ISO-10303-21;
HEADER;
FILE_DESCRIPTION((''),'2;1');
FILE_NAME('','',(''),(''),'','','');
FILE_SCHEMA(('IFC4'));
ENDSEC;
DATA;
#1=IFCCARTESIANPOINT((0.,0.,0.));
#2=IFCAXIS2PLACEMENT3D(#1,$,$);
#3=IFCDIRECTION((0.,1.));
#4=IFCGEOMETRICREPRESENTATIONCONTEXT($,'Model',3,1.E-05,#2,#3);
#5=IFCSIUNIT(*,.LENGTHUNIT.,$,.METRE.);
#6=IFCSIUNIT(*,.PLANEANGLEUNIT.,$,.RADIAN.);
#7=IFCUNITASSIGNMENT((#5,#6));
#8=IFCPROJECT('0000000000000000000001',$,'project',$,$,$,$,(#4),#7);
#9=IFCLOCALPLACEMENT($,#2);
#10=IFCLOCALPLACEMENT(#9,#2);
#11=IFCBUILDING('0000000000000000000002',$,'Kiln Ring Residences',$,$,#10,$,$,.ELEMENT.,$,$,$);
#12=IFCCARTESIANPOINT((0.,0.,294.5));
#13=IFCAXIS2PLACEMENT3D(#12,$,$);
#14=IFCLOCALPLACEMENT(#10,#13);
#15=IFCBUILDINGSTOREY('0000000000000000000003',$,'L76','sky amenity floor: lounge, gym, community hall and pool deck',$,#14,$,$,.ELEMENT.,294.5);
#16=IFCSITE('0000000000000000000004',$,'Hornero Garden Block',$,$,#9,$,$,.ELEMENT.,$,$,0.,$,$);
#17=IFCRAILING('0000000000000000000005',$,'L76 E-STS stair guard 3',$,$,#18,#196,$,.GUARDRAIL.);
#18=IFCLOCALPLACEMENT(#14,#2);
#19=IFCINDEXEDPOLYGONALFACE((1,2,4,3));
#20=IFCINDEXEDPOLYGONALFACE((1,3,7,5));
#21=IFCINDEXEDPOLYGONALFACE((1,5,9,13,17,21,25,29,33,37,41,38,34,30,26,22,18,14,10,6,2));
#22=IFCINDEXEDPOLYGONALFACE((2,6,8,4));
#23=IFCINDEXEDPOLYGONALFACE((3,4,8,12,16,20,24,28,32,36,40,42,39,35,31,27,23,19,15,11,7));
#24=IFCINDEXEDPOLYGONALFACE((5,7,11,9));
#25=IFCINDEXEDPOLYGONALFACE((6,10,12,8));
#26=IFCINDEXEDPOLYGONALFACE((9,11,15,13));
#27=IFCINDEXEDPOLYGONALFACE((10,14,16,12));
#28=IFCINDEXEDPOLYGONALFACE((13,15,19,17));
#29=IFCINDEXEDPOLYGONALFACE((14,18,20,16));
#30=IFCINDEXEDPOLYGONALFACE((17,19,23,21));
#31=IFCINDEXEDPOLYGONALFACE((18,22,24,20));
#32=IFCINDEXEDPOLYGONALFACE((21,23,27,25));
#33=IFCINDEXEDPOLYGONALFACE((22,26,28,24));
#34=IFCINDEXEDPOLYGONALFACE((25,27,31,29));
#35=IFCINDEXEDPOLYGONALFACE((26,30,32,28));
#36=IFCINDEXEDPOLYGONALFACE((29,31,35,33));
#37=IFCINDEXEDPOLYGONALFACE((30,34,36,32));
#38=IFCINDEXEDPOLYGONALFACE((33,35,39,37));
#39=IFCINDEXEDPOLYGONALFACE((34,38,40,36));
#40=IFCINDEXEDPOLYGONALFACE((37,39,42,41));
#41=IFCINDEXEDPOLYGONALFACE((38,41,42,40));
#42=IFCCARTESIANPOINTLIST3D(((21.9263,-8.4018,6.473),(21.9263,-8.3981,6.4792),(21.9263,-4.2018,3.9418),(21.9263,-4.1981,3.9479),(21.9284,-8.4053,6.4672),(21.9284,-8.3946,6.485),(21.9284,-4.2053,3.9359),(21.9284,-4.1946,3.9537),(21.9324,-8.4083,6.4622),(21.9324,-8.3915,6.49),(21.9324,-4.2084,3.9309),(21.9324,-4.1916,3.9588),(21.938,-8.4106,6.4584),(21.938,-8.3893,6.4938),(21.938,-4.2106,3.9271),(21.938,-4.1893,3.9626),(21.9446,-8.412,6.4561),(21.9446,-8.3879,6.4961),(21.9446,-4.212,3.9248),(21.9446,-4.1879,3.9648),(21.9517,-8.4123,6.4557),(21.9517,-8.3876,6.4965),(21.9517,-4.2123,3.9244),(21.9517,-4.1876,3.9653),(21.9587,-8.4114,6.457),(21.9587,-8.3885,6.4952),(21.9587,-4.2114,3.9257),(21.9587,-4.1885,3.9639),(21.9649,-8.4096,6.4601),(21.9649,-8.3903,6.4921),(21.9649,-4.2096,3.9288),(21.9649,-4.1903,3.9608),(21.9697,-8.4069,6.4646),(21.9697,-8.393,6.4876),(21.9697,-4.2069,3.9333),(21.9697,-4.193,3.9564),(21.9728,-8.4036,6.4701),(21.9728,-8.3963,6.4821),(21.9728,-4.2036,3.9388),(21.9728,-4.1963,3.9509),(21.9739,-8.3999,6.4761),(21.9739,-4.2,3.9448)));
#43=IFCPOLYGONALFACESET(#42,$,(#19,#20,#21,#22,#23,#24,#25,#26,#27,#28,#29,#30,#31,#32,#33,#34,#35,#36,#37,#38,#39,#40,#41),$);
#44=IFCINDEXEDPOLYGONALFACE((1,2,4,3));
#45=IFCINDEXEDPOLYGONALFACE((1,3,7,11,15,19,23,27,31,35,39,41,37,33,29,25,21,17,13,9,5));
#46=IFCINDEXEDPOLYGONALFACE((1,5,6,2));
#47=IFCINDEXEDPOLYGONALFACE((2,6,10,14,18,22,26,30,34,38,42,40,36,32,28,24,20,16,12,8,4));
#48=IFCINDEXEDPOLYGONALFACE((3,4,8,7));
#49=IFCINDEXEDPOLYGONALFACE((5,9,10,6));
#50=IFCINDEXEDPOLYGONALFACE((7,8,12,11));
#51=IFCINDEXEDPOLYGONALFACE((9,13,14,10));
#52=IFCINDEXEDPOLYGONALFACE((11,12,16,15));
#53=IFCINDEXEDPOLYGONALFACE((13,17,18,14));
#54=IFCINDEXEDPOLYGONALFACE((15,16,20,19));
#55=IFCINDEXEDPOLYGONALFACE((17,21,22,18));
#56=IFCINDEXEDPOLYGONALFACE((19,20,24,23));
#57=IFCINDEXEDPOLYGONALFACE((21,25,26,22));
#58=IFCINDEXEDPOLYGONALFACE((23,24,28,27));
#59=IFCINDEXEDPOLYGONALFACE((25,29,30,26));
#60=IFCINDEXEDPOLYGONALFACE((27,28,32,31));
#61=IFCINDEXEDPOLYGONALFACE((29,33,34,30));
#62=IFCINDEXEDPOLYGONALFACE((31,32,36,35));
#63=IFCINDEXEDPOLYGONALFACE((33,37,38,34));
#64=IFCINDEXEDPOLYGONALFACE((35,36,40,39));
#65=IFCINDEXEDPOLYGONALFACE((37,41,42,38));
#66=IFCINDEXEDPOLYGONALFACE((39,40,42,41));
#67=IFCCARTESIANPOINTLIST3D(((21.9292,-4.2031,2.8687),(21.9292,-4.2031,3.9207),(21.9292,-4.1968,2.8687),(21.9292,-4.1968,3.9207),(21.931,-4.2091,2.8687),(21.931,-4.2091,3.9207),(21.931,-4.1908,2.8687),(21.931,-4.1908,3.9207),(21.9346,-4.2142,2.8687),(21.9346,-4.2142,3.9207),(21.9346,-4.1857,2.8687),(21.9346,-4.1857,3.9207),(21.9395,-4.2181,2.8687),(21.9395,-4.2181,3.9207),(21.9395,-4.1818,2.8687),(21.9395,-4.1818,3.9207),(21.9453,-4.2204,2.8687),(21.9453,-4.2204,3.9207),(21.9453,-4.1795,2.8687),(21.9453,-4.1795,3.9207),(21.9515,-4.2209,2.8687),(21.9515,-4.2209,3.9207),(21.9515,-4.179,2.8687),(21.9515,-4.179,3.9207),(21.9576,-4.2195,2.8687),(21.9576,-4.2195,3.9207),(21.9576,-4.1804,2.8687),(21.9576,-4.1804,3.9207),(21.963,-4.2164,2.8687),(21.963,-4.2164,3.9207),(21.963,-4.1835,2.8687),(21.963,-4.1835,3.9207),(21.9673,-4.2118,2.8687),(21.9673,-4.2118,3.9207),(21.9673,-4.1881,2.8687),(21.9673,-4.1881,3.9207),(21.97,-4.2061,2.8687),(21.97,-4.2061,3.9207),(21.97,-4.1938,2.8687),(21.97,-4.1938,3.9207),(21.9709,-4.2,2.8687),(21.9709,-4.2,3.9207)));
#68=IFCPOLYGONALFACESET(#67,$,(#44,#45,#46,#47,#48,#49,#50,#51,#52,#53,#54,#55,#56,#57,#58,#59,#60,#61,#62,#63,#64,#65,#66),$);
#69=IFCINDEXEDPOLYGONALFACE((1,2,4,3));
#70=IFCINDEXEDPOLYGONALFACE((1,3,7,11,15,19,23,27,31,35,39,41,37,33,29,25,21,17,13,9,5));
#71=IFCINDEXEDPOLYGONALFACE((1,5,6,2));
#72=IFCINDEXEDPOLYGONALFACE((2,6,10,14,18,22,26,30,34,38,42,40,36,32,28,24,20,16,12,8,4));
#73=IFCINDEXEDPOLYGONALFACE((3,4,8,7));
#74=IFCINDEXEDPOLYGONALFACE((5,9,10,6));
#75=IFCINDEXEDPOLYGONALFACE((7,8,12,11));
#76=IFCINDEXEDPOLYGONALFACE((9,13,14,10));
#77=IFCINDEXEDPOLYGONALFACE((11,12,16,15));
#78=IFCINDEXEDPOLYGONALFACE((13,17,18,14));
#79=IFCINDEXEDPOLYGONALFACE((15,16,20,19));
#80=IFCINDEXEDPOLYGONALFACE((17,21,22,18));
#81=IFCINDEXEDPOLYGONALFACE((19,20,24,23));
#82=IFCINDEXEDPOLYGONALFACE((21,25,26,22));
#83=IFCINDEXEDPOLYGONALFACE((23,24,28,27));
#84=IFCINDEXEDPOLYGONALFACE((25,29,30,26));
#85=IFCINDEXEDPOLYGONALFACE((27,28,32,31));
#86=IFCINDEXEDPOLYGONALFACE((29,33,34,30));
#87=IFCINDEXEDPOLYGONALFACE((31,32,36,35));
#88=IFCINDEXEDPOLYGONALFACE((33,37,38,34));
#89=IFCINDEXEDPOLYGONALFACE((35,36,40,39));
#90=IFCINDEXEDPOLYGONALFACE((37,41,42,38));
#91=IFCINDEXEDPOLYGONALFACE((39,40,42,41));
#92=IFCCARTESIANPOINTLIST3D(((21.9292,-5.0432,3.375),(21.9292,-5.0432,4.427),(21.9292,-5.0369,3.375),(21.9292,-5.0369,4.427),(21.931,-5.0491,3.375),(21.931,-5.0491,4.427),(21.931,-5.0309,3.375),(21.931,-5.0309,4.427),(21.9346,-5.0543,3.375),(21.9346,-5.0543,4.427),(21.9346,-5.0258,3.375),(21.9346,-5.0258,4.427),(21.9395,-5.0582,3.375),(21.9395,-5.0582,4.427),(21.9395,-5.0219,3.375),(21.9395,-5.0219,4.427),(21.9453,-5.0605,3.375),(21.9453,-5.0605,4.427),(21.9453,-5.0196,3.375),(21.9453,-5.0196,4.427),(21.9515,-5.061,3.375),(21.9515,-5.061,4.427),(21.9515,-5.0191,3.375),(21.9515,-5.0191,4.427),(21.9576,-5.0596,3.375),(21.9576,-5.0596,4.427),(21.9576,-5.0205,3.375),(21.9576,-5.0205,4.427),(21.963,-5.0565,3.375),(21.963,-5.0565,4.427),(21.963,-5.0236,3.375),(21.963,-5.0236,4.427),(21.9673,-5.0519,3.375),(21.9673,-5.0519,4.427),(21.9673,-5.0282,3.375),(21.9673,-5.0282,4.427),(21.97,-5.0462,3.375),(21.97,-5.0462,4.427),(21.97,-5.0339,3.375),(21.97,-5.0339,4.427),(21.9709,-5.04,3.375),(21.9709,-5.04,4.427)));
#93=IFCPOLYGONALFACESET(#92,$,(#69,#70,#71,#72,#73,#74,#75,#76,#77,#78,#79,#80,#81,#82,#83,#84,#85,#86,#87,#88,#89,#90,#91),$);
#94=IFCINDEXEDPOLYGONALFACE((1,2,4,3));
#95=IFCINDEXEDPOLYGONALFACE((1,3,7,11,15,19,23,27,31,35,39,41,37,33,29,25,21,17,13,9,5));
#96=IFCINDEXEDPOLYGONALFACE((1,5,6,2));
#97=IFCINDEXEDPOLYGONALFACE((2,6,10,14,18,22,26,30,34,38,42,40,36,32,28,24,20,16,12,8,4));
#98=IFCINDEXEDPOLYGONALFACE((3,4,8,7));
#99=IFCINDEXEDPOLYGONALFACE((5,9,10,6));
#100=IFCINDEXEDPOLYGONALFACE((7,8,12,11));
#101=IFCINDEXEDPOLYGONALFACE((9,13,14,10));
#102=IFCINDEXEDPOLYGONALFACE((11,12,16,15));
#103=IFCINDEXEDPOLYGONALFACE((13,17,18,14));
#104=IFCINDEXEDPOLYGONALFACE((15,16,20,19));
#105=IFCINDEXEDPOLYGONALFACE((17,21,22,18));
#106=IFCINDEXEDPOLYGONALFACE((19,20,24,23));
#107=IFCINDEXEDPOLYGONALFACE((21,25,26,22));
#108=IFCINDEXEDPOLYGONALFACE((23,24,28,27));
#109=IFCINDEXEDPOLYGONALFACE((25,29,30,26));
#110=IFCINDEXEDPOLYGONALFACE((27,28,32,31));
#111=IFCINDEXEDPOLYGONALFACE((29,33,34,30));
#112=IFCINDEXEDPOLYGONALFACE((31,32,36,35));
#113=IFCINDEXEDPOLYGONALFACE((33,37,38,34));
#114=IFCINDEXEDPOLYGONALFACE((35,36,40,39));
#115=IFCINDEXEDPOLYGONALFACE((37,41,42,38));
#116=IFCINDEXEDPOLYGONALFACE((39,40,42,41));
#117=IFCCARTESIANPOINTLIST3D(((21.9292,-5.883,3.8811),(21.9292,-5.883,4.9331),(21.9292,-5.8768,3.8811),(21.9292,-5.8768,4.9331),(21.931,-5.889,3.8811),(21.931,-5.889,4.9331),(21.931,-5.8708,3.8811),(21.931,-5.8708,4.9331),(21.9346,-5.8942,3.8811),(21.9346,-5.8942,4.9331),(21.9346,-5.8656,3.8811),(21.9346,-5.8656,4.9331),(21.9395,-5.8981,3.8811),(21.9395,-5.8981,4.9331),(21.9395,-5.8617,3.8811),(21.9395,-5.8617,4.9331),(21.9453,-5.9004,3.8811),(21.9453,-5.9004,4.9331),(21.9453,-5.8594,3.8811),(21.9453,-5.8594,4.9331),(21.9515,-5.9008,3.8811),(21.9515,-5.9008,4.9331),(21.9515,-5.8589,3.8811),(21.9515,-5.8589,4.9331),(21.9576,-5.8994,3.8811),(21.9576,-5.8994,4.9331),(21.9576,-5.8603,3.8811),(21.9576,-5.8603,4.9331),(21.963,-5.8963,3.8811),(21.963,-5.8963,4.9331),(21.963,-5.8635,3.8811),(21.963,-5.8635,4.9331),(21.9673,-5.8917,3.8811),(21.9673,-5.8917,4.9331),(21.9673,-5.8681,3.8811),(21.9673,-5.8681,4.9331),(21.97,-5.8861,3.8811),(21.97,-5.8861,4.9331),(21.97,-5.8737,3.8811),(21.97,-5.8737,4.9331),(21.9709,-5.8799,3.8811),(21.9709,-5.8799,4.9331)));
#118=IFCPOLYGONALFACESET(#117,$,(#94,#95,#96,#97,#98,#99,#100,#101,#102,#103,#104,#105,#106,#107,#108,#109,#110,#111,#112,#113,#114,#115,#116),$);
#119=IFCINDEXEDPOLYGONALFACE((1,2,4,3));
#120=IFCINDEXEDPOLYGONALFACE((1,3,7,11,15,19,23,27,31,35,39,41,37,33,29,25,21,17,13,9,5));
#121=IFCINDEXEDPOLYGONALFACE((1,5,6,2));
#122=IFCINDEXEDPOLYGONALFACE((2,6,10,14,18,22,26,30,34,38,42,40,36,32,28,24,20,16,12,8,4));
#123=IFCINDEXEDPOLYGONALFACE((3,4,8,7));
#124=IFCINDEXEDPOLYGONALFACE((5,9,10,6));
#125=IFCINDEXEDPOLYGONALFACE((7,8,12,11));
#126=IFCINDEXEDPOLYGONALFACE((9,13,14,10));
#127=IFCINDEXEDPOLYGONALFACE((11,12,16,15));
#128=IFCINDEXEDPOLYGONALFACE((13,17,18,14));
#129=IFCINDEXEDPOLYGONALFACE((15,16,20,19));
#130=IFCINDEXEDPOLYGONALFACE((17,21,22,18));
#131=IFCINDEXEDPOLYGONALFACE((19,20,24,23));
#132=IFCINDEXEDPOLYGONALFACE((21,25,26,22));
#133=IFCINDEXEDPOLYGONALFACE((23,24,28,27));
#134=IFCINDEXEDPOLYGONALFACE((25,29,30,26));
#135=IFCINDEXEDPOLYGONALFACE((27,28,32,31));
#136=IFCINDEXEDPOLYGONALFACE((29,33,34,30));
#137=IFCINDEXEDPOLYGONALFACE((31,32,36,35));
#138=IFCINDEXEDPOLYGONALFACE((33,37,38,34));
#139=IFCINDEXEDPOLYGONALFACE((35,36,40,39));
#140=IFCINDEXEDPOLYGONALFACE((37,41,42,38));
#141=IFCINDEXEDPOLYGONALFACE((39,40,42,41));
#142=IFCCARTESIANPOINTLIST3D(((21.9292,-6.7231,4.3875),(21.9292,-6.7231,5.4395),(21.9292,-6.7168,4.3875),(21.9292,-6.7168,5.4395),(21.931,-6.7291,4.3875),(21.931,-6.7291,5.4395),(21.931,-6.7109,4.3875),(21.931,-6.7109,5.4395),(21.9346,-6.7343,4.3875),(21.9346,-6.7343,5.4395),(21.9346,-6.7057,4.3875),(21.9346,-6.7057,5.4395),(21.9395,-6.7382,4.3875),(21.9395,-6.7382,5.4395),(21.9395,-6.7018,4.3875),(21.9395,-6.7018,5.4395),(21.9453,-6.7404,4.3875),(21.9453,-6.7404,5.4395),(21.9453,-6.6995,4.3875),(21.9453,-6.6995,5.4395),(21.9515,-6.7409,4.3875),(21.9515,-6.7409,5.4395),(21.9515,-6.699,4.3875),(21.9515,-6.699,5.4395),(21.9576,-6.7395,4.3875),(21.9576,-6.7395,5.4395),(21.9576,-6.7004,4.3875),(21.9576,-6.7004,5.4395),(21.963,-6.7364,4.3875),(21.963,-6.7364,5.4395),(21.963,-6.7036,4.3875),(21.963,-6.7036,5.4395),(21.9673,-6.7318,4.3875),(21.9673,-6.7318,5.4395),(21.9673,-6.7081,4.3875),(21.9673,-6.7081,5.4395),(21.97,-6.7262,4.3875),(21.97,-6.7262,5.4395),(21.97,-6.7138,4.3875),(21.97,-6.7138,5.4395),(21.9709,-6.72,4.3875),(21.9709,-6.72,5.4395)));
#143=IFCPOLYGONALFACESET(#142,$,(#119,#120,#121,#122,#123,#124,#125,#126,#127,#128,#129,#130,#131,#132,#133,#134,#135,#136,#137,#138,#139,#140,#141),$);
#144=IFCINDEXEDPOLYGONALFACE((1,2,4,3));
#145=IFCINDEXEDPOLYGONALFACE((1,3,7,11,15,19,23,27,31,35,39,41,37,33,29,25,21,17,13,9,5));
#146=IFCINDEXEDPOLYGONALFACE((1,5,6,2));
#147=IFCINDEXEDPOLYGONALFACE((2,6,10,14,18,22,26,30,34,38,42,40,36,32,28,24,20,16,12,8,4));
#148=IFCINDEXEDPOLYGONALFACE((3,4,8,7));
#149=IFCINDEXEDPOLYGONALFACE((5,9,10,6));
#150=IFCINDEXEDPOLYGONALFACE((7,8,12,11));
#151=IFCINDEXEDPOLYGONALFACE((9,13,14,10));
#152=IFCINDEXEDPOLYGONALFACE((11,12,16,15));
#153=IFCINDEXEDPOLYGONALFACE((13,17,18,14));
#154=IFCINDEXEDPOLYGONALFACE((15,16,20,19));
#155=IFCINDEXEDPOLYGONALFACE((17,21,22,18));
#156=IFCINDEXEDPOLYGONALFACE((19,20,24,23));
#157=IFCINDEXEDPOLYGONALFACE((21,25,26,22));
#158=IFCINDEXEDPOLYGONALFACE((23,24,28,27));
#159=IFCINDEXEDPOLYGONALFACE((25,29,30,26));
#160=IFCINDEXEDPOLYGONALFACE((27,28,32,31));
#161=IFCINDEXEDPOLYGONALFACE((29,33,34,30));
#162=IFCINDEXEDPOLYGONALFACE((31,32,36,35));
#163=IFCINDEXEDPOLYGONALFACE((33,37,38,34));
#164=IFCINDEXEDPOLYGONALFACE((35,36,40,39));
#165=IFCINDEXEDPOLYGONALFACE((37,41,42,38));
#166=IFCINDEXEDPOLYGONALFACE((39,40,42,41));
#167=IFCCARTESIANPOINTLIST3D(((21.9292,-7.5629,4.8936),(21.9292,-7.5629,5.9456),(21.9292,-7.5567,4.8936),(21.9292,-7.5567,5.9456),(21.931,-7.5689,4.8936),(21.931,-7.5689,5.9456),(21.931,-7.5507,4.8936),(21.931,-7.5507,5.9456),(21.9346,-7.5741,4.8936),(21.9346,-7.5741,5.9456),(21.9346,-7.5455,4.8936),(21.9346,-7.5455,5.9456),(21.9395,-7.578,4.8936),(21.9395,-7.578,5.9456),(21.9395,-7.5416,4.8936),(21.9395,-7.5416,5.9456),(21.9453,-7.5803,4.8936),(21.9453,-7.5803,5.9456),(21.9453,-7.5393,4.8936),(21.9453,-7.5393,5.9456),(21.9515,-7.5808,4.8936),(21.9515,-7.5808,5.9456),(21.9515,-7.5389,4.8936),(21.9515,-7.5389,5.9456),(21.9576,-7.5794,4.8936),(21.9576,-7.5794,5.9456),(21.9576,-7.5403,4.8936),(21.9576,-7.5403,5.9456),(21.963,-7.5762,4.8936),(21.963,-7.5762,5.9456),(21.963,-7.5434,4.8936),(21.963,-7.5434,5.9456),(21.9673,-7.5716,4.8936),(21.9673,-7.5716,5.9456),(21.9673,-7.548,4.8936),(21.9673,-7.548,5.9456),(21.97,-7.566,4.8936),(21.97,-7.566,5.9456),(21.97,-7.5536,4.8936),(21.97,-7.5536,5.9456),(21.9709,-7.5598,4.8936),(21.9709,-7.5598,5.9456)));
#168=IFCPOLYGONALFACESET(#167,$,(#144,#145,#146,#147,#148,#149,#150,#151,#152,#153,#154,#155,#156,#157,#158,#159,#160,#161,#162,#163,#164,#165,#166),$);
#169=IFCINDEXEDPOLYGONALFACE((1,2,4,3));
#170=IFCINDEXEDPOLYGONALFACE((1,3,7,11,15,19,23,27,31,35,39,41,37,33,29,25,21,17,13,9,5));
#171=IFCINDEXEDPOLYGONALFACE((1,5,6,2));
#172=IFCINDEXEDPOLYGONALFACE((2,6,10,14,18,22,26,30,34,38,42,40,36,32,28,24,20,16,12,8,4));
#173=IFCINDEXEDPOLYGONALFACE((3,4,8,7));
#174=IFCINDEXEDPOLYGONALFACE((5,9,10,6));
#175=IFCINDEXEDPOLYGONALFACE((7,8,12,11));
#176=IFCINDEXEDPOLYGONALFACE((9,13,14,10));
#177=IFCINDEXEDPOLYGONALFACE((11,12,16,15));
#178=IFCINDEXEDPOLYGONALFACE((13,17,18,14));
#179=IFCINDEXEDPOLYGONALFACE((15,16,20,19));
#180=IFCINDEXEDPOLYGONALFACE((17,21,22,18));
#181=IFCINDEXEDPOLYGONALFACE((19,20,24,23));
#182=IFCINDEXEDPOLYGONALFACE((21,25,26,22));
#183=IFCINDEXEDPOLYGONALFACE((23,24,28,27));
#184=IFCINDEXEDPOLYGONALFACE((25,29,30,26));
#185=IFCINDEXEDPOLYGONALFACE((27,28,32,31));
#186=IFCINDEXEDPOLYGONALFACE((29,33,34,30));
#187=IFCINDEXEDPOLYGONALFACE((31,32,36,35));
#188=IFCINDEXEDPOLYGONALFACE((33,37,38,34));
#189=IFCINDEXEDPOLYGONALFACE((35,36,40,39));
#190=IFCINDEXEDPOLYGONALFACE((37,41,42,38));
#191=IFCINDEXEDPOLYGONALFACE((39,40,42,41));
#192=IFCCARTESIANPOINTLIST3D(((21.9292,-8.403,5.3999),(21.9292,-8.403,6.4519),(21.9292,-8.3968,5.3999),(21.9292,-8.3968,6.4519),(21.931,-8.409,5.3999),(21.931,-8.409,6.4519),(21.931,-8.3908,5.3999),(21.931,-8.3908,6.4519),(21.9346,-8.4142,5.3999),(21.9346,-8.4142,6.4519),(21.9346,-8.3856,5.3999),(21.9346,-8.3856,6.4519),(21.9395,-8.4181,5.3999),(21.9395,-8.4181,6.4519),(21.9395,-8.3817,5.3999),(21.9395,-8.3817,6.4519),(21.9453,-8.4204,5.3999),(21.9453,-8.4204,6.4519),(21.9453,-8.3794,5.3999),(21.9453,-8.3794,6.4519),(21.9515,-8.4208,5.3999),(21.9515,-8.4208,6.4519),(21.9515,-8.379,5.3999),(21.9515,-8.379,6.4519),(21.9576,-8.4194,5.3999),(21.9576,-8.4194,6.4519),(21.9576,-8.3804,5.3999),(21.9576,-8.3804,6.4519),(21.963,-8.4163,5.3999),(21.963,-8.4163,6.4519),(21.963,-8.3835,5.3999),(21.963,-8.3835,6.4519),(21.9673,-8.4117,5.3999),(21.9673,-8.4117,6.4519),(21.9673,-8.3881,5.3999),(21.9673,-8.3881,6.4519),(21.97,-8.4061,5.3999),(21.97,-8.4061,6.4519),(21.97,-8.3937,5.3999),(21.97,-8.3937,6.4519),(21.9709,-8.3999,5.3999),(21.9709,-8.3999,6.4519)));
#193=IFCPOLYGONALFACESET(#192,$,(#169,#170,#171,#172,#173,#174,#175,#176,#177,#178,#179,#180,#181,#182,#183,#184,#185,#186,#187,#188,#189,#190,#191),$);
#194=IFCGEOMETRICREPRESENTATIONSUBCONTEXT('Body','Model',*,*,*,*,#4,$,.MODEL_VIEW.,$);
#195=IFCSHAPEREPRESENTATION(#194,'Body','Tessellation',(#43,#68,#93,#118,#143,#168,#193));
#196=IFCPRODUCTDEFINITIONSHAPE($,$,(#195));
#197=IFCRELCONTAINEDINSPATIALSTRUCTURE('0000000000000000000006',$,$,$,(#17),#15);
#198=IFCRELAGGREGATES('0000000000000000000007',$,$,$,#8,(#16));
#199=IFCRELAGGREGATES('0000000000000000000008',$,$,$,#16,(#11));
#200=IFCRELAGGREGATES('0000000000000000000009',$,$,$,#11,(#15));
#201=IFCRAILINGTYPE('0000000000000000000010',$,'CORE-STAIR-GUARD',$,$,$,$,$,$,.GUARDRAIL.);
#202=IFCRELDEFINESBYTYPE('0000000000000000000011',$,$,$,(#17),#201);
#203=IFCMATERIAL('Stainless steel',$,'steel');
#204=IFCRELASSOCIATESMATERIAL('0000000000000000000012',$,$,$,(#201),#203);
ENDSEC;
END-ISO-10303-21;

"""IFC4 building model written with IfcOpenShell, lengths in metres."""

from ifc_helpers import new_model, si_unit, direction, frame, origin, origin_2d, place, context, subcontext, project, spatial, circle, extrude, material, type_object, element, save


model = new_model("IFC4")

# Units and contexts
model_context = context("Model", 3, precision=1e-05, world=origin(), true_north=direction((0.0, 1.0)))
body_context = subcontext(model_context, "Body", "Model", "MODEL_VIEW")
ifc_project = project(units=[si_unit("LENGTHUNIT", "METRE"), si_unit("PLANEANGLEUNIT", "RADIAN")], contexts=[model_context])

# Site, building, storey
site_placement = place(None, origin())
site = spatial("IfcSite", under=ifc_project, at=site_placement, Name="Hornero Garden Block", CompositionType="ELEMENT", RefElevation=0.0)
building_placement = place(site_placement, origin())
building = spatial("IfcBuilding", under=site, at=building_placement, Name="Kiln Ring Residences", CompositionType="ELEMENT")
storey_placement = place(building_placement, frame((0.0, 0.0, 294.5)))
storey = spatial("IfcBuildingStorey", under=building, at=storey_placement, Name="L76", Description="sky amenity floor: lounge, gym, community hall and pool deck", CompositionType="ELEMENT", Elevation=294.5)

# Railing
ifc_material_1 = material(Name="Stainless steel", Category="steel")
railing_type_1 = type_object("IfcRailingType", Name="CORE-STAIR-GUARD", PredefinedType="GUARDRAIL", material=ifc_material_1)
railing_1_placement = place(storey_placement, frame((21.95, -4.2, 2.8687)))
element("IfcRailing", 1, at=railing_1_placement, inside=storey, type_object=railing_type_1, Name="L76 E-STS stair guard 3", PredefinedType="GUARDRAIL", context=body_context, shape_type="SweptSolid", body=[
    extrude(circle(Radius=0.0239, at=origin_2d()), frame((0.0, 0.0, 1.0762), z_axis=(0.0, -0.856476, 0.516186), x_axis=(1.0, 0.0, 0.0)), (0.0, 0.0, 1.0), 4.9038),
    extrude(circle(Radius=0.021, at=origin_2d()), origin(), (0.0, 0.0, 1.0), 1.052),
    extrude(circle(Radius=0.021, at=origin_2d()), frame((0.0, -0.8401, 0.5063)), (0.0, 0.0, 1.0), 1.052),
    extrude(circle(Radius=0.021, at=origin_2d()), frame((0.0, -1.6799, 1.0125)), (0.0, 0.0, 1.0), 1.052),
    extrude(circle(Radius=0.021, at=origin_2d()), frame((0.0, -2.52, 1.5188)), (0.0, 0.0, 1.0), 1.052),
    extrude(circle(Radius=0.021, at=origin_2d()), frame((0.0, -3.3599, 2.0249)), (0.0, 0.0, 1.0), 1.052),
    extrude(circle(Radius=0.021, at=origin_2d()), frame((0.0, -4.2, 2.5312)), (0.0, 0.0, 1.0), 1.052),
])

save(model, "model.ifc")
